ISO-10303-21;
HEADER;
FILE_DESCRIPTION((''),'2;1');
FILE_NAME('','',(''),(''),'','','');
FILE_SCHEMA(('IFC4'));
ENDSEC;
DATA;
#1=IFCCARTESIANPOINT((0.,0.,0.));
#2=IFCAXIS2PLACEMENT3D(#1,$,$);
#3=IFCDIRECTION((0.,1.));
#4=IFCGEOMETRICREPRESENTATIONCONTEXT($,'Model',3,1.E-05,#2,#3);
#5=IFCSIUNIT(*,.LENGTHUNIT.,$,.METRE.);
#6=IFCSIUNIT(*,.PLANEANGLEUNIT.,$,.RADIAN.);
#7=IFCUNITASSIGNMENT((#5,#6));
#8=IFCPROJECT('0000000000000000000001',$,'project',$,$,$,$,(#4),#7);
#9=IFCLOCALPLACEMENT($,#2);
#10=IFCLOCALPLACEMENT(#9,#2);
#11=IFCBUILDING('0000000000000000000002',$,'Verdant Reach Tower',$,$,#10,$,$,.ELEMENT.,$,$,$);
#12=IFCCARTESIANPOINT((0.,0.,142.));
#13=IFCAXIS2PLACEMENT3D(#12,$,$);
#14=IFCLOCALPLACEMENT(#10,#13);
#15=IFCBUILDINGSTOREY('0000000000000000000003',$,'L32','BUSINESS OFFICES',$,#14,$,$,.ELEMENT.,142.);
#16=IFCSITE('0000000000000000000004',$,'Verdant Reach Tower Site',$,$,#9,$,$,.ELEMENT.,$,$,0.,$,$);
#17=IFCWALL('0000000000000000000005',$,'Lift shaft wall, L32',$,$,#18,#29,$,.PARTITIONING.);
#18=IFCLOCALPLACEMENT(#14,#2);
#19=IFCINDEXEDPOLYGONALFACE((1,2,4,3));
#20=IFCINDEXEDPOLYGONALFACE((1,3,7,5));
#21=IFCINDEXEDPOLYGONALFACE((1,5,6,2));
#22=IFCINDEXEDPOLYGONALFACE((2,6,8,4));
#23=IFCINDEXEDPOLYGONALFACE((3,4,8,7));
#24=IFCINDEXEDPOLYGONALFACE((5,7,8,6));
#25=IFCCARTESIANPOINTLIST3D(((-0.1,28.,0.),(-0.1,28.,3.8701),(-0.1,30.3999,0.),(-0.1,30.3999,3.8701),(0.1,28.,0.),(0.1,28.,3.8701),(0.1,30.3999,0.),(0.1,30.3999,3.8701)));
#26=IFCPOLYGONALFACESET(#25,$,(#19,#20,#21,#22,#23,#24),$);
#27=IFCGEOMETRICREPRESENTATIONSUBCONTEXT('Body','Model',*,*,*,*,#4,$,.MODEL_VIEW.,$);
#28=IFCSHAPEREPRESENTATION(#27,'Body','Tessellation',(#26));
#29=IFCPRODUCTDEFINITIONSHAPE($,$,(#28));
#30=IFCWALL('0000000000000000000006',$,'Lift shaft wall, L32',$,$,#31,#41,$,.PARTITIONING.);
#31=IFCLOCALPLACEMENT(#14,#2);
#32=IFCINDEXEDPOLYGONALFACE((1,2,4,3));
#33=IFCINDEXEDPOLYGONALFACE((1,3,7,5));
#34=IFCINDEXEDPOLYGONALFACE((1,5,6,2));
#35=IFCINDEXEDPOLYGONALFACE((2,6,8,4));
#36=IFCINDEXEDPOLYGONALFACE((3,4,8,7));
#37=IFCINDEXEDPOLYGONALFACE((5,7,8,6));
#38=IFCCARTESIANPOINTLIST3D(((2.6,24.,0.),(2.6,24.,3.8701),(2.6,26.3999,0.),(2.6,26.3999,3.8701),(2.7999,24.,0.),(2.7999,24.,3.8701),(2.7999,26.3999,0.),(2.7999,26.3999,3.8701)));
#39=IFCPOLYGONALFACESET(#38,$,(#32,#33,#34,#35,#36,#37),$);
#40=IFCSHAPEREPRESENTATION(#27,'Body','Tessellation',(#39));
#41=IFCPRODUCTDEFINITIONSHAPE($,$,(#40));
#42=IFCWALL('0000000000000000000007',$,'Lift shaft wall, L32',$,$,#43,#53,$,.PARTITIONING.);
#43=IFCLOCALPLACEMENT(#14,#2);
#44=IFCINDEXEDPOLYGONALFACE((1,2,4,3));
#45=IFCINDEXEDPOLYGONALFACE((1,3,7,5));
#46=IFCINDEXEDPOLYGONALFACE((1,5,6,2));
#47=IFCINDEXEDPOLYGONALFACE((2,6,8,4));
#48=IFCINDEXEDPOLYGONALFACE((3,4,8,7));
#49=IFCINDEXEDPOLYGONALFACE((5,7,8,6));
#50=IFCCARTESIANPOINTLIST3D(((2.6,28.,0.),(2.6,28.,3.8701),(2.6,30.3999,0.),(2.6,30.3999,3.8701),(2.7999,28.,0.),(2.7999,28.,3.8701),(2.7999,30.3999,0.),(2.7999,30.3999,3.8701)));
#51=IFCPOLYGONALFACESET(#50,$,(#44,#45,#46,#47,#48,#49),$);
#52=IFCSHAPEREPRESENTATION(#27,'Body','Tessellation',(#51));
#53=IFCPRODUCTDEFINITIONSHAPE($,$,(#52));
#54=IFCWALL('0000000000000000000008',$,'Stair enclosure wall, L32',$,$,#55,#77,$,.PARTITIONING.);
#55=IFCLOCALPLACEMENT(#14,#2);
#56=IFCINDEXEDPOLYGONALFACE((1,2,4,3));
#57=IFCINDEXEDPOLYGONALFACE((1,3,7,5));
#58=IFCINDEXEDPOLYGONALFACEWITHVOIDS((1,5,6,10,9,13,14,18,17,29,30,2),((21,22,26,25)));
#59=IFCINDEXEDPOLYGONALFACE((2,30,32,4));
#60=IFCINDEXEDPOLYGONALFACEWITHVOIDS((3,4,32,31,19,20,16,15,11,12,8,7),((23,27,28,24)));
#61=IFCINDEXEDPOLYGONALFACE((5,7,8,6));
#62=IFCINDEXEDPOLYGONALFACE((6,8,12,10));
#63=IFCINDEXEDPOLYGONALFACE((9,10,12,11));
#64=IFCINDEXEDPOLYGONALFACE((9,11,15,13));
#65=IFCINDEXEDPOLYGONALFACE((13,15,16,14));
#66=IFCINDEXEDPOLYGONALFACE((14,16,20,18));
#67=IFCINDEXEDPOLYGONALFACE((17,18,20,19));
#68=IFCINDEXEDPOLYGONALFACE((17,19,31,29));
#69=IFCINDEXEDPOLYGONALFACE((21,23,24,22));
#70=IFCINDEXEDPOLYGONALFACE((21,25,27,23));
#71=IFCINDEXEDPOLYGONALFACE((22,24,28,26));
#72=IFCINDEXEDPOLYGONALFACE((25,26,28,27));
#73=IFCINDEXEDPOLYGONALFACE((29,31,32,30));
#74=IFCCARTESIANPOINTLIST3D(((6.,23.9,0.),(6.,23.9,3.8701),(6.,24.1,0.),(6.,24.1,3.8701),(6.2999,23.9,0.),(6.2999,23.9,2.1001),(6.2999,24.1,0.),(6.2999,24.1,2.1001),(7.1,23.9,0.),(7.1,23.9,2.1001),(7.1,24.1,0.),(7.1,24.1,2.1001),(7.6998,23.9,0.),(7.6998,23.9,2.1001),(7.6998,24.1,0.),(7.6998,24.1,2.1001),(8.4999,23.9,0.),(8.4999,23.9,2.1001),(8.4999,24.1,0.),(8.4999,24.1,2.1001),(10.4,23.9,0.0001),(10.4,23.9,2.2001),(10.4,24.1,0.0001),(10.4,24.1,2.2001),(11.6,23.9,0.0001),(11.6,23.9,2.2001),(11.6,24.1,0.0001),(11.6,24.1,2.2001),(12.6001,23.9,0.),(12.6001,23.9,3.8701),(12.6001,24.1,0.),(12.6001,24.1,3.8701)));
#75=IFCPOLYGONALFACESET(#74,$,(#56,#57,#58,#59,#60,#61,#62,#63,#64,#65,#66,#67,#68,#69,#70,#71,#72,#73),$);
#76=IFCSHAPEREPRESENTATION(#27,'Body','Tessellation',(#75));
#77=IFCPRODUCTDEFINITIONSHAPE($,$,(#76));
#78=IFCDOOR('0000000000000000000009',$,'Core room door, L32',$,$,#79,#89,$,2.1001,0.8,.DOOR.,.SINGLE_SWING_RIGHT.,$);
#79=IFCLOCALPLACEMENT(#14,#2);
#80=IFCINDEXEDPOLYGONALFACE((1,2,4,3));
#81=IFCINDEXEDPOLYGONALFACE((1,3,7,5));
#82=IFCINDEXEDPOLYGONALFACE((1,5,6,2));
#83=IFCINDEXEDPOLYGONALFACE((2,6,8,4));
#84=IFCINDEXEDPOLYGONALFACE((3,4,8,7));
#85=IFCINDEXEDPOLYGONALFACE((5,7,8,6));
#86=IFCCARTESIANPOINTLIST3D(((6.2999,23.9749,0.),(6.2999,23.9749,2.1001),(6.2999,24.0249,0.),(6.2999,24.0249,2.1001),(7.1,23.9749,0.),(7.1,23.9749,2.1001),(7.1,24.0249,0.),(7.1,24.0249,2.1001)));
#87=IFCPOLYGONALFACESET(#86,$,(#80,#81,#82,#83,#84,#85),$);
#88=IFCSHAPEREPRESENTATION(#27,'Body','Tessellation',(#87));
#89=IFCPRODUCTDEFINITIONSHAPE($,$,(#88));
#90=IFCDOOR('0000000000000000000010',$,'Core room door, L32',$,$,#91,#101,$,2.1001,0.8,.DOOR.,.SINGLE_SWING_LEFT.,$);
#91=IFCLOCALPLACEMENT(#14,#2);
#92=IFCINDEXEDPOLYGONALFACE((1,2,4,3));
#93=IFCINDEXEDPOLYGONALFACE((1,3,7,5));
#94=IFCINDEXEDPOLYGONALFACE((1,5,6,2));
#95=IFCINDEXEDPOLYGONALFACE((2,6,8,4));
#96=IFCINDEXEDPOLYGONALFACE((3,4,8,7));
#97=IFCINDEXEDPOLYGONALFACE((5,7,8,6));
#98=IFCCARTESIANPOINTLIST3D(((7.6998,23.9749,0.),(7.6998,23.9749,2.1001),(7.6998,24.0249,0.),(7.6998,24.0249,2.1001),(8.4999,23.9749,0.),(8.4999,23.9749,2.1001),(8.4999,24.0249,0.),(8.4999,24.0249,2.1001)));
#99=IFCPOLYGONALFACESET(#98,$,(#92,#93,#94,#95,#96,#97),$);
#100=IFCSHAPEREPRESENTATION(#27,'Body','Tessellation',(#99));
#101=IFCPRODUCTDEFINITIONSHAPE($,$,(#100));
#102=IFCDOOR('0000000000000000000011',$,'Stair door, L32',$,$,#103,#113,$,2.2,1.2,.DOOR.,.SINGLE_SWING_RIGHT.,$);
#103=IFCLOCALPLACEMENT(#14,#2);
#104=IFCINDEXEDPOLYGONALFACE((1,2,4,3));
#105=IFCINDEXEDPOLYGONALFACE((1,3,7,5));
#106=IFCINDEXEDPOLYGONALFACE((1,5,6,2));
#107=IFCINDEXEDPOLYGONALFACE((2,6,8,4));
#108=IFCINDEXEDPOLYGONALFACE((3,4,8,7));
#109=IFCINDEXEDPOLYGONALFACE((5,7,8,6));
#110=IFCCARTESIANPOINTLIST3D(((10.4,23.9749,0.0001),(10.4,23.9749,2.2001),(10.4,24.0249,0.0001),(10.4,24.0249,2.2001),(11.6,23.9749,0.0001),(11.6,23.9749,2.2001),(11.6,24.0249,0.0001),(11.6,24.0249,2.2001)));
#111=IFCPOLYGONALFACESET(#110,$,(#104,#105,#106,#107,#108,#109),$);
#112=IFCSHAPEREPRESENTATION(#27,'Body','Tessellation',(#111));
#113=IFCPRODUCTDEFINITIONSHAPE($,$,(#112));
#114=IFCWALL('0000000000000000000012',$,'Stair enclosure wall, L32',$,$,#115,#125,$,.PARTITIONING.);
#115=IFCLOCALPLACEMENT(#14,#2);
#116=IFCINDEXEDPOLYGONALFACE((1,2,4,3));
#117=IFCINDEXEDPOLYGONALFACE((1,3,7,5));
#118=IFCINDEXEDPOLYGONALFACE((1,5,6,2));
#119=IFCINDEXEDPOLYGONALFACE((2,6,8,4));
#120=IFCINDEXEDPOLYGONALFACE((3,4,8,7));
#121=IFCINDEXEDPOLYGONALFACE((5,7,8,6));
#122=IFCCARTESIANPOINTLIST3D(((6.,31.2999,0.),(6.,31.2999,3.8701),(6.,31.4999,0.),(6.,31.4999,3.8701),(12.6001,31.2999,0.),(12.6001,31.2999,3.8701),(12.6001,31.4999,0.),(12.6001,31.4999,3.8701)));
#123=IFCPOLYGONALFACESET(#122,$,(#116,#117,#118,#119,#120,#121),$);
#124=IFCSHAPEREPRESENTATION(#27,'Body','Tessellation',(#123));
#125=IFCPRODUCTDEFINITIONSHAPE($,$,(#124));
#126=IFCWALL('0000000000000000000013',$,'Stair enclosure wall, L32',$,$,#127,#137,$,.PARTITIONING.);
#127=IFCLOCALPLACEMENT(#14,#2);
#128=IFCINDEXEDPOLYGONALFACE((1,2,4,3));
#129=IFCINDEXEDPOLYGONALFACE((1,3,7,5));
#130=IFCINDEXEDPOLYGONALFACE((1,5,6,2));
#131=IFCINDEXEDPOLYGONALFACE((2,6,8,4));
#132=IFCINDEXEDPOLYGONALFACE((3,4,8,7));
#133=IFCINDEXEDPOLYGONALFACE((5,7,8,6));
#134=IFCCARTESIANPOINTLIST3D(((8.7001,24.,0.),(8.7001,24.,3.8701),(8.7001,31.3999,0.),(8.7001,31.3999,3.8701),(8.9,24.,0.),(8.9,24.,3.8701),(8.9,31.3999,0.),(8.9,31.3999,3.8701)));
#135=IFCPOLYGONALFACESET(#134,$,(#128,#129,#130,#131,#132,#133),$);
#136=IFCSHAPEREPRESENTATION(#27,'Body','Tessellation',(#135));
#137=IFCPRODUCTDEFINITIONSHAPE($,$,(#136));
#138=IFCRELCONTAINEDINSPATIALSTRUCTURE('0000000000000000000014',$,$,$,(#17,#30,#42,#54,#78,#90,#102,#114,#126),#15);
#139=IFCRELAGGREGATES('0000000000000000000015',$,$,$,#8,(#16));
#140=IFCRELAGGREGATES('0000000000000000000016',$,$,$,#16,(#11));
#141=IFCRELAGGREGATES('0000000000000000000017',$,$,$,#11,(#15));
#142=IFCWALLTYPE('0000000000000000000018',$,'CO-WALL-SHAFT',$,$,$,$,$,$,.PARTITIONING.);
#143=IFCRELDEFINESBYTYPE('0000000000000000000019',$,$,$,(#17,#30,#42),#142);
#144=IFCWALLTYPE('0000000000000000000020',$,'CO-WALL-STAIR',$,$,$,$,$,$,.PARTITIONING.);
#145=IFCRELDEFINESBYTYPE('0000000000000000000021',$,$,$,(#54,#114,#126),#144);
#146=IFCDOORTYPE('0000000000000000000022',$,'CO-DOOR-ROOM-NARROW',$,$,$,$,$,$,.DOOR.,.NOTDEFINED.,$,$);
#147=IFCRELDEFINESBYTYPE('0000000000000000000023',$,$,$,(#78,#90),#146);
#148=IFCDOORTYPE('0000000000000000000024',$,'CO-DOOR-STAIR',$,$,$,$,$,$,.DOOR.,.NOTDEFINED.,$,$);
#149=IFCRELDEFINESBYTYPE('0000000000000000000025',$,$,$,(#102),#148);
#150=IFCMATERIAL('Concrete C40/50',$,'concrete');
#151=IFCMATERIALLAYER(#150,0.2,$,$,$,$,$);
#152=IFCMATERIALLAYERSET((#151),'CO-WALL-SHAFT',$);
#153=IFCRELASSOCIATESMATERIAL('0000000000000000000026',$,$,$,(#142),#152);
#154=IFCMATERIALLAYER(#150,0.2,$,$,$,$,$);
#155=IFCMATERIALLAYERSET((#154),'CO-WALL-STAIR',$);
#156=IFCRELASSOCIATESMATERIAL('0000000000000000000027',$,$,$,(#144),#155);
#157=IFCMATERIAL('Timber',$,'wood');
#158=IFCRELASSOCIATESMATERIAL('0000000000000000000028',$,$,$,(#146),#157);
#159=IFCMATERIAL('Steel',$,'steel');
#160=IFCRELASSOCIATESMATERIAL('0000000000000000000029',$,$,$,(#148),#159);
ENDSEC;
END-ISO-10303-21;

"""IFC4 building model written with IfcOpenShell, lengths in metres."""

from ifc_helpers import new_model, si_unit, direction, frame, frame_2d, origin, place, context, subcontext, project, spatial, rectangle, extrude, material, layer, layer_set, type_object, element, fill, save


model = new_model("IFC4")

# Units and contexts
model_context = context("Model", 3, precision=1e-05, world=origin(), true_north=direction((0.0, 1.0)))
body_context = subcontext(model_context, "Body", "Model", "MODEL_VIEW")
ifc_project = project(units=[si_unit("LENGTHUNIT", "METRE"), si_unit("PLANEANGLEUNIT", "RADIAN")], contexts=[model_context])

# Site, building, storey
site_placement = place(None, origin())
site = spatial("IfcSite", under=ifc_project, at=site_placement, Name="Verdant Reach Tower Site", CompositionType="ELEMENT", RefElevation=0.0)
building_placement = place(site_placement, origin())
building = spatial("IfcBuilding", under=site, at=building_placement, Name="Verdant Reach Tower", CompositionType="ELEMENT")
storey_placement = place(building_placement, frame((0.0, 0.0, 142.0)))
storey = spatial("IfcBuildingStorey", under=building, at=storey_placement, Name="L32", Description="BUSINESS OFFICES", CompositionType="ELEMENT", Elevation=142.0)

# Shared definitions
ifc_material_1 = material(Name="Timber", Category="wood")

# Walls
ifc_material_2 = material(Name="Concrete C40/50", Category="concrete")
ifc_layer_1 = layer(ifc_material_2, 0.2)
ifc_layer_set_1 = layer_set([ifc_layer_1], Name="CO-WALL-SHAFT")
wall_type_1 = type_object("IfcWallType", Name="CO-WALL-SHAFT", PredefinedType="PARTITIONING", material=ifc_layer_set_1)
for number, where, z_axis, x_axis, name in (
    (1, (0.0, 28.0, 0.0), (0.0, 0.0, 1.0), (0.0, 1.0, 0.0), "Lift shaft wall, L32"),
    (2, (2.7, 24.0, 0.0), (0.0, 0.0, 1.0), (0.0, 1.0, 0.0), "Lift shaft wall, L32"),
    (3, (2.7, 28.0, 0.0), (0.0, 0.0, 1.0), (0.0, 1.0, 0.0), "Lift shaft wall, L32"),
):
    element("IfcWall", number, at=place(storey_placement, frame(where, z_axis=z_axis, x_axis=x_axis)), inside=storey, type_object=wall_type_1, Name=name, PredefinedType="PARTITIONING", context=body_context, shape_type="SweptSolid", body=[
        extrude(rectangle(XDim=2.3999, YDim=0.2, at=frame_2d((1.2, 0.0))), origin(), (0.0, 0.0, 1.0), 3.8701),
    ])

# Wall, openings, doors
ifc_layer_2 = layer(ifc_material_2, 0.2)
ifc_layer_set_2 = layer_set([ifc_layer_2], Name="CO-WALL-STAIR")
wall_type_2 = type_object("IfcWallType", Name="CO-WALL-STAIR", PredefinedType="PARTITIONING", material=ifc_layer_set_2)
wall_1_placement = place(storey_placement, frame((6.0, 24.0, 0.0), z_axis=(0.0, 0.0, 1.0), x_axis=(1.0, 0.0, 0.0)))
wall_1 = element("IfcWall", 4, at=wall_1_placement, inside=storey, type_object=wall_type_2, Name="Stair enclosure wall, L32", PredefinedType="PARTITIONING", context=body_context, shape_type="SweptSolid", body=[
    extrude(rectangle(XDim=6.6001, YDim=0.2, at=frame_2d((3.3, 0.0))), origin(), (0.0, 0.0, 1.0), 3.8701),
])
opening_1_placement = place(wall_1_placement, frame((0.3, 0.0, 0.0)))
opening_1 = element("IfcOpeningElement", 5, at=opening_1_placement, cuts=wall_1, PredefinedType="OPENING", context=body_context, shape_type="SweptSolid", body=[
    extrude(rectangle(XDim=0.8, YDim=2.1001, at=frame_2d((0.3999, 1.05))), frame((0.0, 0.1099, 0.0), z_axis=(0.0, -1.0, 0.0), x_axis=(1.0, 0.0, 0.0)), (0.0, 0.0, 1.0), 0.22),
])
opening_2_placement = place(wall_1_placement, frame((1.7, 0.0, 0.0)))
opening_2 = element("IfcOpeningElement", 6, at=opening_2_placement, cuts=wall_1, PredefinedType="OPENING", context=body_context, shape_type="SweptSolid", body=[
    extrude(rectangle(XDim=0.8, YDim=2.1001, at=frame_2d((0.3999, 1.05))), frame((0.0, 0.1099, 0.0), z_axis=(0.0, -1.0, 0.0), x_axis=(1.0, 0.0, 0.0)), (0.0, 0.0, 1.0), 0.22),
])
opening_3_placement = place(wall_1_placement, frame((4.3999, 0.0, 0.0)))
opening_3 = element("IfcOpeningElement", 7, at=opening_3_placement, cuts=wall_1, PredefinedType="OPENING", context=body_context, shape_type="SweptSolid", body=[
    extrude(rectangle(XDim=1.2, YDim=2.2, at=frame_2d((0.6001, 1.1001))), frame((0.0, 0.1099, 0.0), z_axis=(0.0, -1.0, 0.0), x_axis=(1.0, 0.0, 0.0)), (0.0, 0.0, 1.0), 0.22),
])
door_type_1 = type_object("IfcDoorType", Name="CO-DOOR-ROOM-NARROW", OperationType="NOTDEFINED", PredefinedType="DOOR", material=ifc_material_1)
door_1_placement = place(opening_1_placement, origin())
door_1 = element("IfcDoor", 8, at=door_1_placement, inside=storey, type_object=door_type_1, Name="Core room door, L32", OperationType="SINGLE_SWING_RIGHT", OverallHeight=2.1001, OverallWidth=0.8, PredefinedType="DOOR", context=body_context, shape_type="SweptSolid", body=[
    extrude(rectangle(XDim=0.8, YDim=2.1001, at=frame_2d((0.3999, 1.05))), frame((0.0, 0.0249, 0.0), z_axis=(0.0, -1.0, 0.0), x_axis=(1.0, 0.0, 0.0)), (0.0, 0.0, 1.0), 0.05),
])
fill(opening_1, door_1)
door_2_placement = place(opening_2_placement, origin())
door_2 = element("IfcDoor", 9, at=door_2_placement, inside=storey, type_object=door_type_1, Name="Core room door, L32", OperationType="SINGLE_SWING_LEFT", OverallHeight=2.1001, OverallWidth=0.8, PredefinedType="DOOR", context=body_context, shape_type="SweptSolid", body=[
    extrude(rectangle(XDim=0.8, YDim=2.1001, at=frame_2d((0.3999, 1.05))), frame((0.0, 0.0249, 0.0), z_axis=(0.0, -1.0, 0.0), x_axis=(1.0, 0.0, 0.0)), (0.0, 0.0, 1.0), 0.05),
])
fill(opening_2, door_2)
ifc_material_3 = material(Name="Steel", Category="steel")
door_type_2 = type_object("IfcDoorType", Name="CO-DOOR-STAIR", OperationType="NOTDEFINED", PredefinedType="DOOR", material=ifc_material_3)
door_3_placement = place(opening_3_placement, origin())
door_3 = element("IfcDoor", 10, at=door_3_placement, inside=storey, type_object=door_type_2, Name="Stair door, L32", OperationType="SINGLE_SWING_RIGHT", OverallHeight=2.2, OverallWidth=1.2, PredefinedType="DOOR", context=body_context, shape_type="SweptSolid", body=[
    extrude(rectangle(XDim=1.2, YDim=2.2, at=frame_2d((0.6001, 1.1001))), frame((0.0, 0.0249, 0.0), z_axis=(0.0, -1.0, 0.0), x_axis=(1.0, 0.0, 0.0)), (0.0, 0.0, 1.0), 0.05),
])
fill(opening_3, door_3)

# Walls
wall_2_placement = place(storey_placement, frame((6.0, 31.3999, 0.0), z_axis=(0.0, 0.0, 1.0), x_axis=(1.0, 0.0, 0.0)))
element("IfcWall", 11, at=wall_2_placement, inside=storey, type_object=wall_type_2, Name="Stair enclosure wall, L32", PredefinedType="PARTITIONING", context=body_context, shape_type="SweptSolid", body=[
    extrude(rectangle(XDim=6.6001, YDim=0.2, at=frame_2d((3.3, 0.0))), origin(), (0.0, 0.0, 1.0), 3.8701),
])
wall_3_placement = place(storey_placement, frame((8.8, 24.0, 0.0), z_axis=(0.0, 0.0, 1.0), x_axis=(0.0, 1.0, 0.0)))
element("IfcWall", 12, at=wall_3_placement, inside=storey, type_object=wall_type_2, Name="Stair enclosure wall, L32", PredefinedType="PARTITIONING", context=body_context, shape_type="SweptSolid", body=[
    extrude(rectangle(XDim=7.3999, YDim=0.2, at=frame_2d((3.7, 0.0))), origin(), (0.0, 0.0, 1.0), 3.8701),
])

save(model, "model.ifc")
